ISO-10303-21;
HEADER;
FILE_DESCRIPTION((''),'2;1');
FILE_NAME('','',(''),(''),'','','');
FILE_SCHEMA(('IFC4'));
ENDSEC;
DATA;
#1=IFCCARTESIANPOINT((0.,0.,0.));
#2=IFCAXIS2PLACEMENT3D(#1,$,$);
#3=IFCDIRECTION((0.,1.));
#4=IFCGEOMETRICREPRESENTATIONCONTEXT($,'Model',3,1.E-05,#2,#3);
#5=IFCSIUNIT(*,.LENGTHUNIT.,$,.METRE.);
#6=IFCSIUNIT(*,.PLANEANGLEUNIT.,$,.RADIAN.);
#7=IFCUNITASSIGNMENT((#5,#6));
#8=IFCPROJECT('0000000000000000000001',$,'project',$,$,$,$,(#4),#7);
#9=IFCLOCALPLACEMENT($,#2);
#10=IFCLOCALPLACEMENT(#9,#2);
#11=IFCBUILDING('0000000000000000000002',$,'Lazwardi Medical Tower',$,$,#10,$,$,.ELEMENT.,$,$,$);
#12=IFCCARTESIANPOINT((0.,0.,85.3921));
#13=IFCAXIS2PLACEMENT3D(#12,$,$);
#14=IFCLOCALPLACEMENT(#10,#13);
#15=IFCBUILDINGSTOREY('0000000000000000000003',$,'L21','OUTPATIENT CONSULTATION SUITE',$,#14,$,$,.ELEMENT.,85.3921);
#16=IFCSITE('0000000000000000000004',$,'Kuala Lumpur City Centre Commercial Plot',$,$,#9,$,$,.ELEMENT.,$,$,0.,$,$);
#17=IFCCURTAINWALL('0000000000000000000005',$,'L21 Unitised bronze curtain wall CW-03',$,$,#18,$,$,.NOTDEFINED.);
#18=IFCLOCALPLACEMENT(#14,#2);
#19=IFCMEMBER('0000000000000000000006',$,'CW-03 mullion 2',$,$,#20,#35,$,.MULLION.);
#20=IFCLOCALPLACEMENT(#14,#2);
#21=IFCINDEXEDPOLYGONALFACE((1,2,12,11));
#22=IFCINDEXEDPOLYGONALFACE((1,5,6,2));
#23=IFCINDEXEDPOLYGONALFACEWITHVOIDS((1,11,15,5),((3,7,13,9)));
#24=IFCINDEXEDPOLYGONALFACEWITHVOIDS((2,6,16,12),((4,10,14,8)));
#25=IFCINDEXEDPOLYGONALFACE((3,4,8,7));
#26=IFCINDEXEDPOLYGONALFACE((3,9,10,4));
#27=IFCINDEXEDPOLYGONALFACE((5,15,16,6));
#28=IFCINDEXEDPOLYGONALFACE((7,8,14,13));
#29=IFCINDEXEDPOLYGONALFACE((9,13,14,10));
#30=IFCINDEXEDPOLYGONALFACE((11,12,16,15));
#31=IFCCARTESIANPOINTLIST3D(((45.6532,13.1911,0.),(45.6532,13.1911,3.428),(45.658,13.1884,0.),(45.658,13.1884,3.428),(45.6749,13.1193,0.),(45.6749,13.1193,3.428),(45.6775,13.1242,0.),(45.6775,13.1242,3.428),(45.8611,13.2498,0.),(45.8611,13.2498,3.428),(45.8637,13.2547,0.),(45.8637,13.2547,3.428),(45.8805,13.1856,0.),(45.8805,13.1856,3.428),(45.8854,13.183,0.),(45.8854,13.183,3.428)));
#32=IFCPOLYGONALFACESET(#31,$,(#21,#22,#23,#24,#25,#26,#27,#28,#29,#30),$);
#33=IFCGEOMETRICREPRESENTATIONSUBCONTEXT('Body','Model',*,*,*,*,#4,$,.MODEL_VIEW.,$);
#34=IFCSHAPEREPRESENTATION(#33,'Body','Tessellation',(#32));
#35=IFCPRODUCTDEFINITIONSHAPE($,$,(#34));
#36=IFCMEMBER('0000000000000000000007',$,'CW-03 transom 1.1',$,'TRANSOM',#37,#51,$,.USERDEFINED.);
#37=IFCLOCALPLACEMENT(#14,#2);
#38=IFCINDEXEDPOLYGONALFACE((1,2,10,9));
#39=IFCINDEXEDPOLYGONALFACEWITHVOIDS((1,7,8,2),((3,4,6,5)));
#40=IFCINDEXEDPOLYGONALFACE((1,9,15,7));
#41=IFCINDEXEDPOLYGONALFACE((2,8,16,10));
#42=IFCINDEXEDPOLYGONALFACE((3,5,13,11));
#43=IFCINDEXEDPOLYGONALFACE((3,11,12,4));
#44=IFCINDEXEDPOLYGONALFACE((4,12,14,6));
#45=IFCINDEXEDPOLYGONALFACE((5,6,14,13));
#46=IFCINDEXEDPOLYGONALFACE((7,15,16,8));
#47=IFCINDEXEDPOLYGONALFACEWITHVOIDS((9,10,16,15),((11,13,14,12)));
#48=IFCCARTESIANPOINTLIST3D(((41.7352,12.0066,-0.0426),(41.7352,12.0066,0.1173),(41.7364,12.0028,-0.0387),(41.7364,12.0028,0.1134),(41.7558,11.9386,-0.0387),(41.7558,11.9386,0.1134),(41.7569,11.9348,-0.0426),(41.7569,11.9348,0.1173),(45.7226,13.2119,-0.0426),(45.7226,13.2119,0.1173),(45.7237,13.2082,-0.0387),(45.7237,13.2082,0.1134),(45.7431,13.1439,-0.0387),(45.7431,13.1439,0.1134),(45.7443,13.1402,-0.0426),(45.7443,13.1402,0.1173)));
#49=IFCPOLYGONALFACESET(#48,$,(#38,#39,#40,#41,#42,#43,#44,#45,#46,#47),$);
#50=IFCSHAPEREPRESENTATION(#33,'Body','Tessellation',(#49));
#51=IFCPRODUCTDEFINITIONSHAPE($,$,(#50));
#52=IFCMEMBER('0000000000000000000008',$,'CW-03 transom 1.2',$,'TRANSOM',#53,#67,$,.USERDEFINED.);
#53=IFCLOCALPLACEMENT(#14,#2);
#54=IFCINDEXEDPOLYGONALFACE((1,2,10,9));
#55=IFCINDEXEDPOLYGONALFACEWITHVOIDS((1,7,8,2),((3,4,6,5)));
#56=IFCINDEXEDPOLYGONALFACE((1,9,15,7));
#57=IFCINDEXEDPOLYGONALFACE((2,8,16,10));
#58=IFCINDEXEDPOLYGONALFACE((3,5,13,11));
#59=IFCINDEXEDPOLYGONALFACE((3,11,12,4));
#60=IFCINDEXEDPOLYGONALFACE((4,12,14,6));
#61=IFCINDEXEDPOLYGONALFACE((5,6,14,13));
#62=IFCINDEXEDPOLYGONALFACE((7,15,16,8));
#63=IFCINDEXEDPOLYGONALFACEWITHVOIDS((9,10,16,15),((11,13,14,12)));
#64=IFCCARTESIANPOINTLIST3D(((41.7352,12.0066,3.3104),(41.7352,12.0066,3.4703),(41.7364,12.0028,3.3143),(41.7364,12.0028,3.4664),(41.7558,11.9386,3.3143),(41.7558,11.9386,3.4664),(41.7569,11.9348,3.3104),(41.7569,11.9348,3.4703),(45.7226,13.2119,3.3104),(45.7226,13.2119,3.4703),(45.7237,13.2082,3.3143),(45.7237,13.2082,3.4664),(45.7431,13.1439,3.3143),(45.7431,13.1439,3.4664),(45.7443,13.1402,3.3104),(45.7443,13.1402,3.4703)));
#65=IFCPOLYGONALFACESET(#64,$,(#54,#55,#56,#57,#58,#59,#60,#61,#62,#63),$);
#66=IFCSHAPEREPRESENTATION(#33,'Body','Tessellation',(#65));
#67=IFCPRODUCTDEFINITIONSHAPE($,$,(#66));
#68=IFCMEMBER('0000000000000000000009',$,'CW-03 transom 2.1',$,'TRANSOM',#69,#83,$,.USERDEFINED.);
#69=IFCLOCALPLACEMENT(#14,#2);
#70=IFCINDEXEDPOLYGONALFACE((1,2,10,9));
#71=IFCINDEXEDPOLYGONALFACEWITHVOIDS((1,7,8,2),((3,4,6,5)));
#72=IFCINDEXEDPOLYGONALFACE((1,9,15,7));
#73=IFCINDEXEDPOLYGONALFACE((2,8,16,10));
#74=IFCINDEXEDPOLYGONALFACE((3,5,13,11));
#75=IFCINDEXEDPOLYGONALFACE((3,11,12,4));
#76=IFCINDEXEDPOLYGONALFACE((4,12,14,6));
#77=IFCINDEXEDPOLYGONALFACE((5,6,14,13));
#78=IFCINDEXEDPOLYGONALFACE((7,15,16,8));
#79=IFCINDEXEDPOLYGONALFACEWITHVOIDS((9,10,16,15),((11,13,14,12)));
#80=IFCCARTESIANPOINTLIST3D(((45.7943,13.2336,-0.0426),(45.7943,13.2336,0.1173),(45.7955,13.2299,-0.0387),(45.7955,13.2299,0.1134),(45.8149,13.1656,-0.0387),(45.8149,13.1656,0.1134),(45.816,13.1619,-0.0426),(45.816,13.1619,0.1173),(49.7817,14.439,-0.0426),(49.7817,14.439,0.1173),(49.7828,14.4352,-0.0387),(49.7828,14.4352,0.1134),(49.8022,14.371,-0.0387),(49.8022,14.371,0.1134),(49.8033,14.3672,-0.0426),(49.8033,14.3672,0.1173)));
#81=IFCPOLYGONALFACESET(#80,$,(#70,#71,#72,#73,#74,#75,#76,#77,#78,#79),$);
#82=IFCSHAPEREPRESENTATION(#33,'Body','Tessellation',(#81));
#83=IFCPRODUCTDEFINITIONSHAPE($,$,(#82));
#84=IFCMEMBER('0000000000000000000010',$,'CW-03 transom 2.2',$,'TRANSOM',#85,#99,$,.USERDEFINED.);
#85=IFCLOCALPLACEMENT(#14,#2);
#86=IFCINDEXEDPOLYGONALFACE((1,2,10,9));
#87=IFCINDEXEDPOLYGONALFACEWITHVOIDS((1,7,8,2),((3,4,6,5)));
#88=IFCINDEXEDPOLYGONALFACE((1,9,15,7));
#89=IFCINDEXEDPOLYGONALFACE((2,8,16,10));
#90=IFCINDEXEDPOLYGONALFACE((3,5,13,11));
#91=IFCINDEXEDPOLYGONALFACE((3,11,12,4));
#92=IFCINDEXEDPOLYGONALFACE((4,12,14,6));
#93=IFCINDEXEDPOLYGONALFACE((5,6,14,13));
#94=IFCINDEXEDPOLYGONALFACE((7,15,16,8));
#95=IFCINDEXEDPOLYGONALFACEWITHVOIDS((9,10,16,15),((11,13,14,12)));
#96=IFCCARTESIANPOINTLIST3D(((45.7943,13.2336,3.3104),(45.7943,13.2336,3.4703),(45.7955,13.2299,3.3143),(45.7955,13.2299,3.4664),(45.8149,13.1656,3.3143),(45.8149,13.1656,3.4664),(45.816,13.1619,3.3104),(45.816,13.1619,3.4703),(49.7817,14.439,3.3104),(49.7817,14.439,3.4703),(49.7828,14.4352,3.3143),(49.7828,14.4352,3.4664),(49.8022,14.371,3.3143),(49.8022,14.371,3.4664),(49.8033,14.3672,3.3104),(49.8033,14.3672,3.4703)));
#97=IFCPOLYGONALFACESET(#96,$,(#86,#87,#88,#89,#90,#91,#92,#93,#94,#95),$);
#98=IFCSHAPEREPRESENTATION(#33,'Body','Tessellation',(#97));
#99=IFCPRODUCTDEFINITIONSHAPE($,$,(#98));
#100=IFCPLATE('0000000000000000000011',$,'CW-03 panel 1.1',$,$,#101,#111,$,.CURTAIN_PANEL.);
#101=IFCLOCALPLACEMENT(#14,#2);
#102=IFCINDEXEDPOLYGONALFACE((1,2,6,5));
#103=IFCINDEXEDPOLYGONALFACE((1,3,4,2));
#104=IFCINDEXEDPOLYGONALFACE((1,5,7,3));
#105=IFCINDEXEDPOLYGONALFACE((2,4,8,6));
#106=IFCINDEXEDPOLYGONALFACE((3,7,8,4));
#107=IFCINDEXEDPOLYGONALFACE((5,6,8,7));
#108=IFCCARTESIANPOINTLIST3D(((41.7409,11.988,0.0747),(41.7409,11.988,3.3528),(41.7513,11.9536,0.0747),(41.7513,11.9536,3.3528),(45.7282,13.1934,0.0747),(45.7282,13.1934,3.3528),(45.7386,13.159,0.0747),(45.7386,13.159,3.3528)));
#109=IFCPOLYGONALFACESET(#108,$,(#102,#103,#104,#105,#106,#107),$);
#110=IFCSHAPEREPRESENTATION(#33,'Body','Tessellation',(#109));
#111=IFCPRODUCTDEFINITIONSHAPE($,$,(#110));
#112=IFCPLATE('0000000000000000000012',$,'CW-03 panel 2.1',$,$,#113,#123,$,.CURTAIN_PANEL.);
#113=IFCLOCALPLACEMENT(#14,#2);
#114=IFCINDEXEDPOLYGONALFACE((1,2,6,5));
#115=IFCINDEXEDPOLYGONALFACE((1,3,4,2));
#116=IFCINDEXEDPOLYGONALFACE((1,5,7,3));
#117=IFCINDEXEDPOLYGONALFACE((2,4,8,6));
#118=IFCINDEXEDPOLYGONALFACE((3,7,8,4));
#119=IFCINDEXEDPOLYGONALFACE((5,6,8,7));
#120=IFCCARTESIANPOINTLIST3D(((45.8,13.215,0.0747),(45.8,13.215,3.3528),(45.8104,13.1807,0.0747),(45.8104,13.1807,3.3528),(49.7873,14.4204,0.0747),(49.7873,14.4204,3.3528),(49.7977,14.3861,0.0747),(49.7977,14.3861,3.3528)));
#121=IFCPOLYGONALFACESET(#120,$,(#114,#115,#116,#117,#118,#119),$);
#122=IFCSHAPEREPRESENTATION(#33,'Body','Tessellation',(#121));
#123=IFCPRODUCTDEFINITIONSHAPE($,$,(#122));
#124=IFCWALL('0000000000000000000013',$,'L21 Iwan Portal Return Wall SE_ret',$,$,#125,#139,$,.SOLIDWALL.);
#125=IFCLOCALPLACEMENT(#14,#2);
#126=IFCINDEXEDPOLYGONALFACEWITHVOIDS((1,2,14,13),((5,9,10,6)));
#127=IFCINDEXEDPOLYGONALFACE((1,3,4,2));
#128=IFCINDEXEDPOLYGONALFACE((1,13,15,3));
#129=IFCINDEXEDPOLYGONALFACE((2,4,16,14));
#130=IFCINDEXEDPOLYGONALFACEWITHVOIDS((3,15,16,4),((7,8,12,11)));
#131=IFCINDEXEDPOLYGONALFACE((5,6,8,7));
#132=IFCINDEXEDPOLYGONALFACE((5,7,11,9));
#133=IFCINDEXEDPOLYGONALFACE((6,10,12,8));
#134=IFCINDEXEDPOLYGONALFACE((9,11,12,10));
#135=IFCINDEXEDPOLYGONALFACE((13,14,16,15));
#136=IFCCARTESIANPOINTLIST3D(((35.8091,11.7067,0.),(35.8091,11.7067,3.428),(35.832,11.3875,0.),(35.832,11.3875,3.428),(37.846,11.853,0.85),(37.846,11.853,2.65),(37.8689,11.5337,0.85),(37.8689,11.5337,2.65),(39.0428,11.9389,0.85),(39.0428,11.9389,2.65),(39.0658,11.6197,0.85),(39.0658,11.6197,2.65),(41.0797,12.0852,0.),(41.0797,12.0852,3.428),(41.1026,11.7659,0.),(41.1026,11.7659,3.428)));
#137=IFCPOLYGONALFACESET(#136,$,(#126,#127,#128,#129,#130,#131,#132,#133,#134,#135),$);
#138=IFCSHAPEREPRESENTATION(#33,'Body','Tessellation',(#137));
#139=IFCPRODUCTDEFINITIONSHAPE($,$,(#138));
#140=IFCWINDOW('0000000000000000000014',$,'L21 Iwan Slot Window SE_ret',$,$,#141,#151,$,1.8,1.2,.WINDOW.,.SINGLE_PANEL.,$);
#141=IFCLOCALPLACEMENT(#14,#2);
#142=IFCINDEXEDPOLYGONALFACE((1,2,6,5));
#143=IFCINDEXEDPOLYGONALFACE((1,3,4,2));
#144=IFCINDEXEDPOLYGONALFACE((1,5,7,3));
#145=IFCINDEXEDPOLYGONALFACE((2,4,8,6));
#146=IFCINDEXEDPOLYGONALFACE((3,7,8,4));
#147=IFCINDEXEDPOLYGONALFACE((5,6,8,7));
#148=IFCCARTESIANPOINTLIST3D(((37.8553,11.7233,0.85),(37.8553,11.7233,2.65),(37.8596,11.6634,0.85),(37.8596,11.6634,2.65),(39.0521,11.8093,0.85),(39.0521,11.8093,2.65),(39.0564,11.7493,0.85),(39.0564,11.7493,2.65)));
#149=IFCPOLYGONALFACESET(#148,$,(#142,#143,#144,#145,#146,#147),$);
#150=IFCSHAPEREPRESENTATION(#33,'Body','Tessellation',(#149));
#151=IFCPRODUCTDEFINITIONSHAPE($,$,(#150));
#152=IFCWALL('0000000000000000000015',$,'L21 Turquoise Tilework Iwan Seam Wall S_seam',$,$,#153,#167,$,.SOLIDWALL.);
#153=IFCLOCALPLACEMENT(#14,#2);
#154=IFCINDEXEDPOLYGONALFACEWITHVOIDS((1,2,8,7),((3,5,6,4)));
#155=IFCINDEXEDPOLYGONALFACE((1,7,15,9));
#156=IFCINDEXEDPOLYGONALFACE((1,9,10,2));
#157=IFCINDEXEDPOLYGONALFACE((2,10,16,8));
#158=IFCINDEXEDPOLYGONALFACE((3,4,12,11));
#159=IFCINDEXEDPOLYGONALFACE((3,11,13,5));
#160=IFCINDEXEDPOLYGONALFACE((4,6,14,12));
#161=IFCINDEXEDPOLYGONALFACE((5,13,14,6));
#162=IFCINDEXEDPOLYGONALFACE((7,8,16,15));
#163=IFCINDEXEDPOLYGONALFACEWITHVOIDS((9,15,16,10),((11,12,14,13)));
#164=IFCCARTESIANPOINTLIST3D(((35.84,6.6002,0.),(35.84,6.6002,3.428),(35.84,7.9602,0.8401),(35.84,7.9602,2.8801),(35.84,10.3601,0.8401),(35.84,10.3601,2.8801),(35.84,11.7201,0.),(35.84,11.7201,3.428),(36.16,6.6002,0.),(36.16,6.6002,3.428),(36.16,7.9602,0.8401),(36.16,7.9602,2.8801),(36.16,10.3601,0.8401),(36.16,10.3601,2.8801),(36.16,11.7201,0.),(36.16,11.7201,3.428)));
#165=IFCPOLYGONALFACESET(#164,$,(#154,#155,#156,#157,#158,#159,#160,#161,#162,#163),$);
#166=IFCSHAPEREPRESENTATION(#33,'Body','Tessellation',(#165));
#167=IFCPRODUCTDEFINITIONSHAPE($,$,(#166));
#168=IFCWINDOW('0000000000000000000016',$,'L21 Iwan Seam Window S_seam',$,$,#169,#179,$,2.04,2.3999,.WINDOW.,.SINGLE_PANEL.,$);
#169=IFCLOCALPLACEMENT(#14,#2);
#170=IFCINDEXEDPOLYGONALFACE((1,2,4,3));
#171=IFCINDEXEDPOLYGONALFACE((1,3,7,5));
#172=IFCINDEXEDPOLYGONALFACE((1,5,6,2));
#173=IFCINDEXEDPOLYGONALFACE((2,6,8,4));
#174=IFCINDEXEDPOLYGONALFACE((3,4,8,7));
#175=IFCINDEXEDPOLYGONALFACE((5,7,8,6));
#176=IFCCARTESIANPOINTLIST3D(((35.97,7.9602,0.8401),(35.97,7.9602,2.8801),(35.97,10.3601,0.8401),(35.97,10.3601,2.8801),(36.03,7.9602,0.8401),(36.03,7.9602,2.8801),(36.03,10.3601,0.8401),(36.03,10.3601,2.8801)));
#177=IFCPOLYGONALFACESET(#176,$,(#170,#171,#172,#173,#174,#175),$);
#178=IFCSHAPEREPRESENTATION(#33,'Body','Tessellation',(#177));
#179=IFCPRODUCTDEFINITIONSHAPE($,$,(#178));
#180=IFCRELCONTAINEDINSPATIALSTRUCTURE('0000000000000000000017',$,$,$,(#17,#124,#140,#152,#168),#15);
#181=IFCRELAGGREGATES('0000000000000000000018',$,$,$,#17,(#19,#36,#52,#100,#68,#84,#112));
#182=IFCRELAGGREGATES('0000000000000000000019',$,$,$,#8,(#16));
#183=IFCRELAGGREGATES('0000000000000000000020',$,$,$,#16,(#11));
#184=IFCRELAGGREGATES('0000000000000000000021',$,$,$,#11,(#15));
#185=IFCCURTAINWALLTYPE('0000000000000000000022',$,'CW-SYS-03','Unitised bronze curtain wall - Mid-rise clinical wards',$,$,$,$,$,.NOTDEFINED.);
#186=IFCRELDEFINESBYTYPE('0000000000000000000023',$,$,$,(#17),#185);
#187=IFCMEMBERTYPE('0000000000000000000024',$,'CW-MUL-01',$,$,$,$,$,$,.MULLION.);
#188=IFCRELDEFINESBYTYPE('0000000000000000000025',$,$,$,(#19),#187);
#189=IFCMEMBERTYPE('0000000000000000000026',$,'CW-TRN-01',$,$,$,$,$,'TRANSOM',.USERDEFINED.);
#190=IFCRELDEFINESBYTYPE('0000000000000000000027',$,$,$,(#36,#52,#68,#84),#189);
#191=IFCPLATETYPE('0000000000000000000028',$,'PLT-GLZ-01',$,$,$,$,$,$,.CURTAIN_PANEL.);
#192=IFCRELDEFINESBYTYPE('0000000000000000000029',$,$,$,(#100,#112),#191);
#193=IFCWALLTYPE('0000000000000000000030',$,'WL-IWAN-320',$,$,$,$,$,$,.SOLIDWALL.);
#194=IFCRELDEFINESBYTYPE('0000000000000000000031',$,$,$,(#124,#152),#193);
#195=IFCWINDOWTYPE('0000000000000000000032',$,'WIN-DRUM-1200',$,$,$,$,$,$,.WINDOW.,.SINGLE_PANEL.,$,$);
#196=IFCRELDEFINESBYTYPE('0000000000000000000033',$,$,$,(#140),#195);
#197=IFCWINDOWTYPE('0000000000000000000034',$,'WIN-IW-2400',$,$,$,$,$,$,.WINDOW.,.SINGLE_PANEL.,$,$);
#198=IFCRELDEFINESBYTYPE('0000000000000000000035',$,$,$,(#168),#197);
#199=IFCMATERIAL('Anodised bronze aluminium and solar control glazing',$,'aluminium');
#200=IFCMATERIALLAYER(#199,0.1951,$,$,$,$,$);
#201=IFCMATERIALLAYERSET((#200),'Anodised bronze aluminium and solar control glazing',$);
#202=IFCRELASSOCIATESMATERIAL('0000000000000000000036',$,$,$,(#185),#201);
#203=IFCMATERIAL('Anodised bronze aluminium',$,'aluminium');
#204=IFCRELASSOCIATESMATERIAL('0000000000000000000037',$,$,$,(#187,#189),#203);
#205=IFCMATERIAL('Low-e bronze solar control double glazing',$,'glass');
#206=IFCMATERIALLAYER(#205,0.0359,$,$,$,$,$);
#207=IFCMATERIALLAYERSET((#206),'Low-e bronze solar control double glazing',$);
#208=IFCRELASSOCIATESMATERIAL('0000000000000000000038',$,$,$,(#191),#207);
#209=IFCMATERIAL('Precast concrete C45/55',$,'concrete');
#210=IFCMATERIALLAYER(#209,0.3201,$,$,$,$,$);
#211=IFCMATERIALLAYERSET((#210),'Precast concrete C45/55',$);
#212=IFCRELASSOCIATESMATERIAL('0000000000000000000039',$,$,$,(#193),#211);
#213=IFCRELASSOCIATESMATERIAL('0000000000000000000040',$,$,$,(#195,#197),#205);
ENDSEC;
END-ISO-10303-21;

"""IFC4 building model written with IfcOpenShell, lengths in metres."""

from ifc_helpers import new_model, si_unit, direction, frame, frame_2d, origin, origin_2d, place, context, subcontext, project, spatial, rectangle, hollow_rectangle, extrude, material, layer, layer_set, material_profile, profile_set, type_object, element, fill, aggregate, save


model = new_model("IFC4")

# Units and contexts
model_context = context("Model", 3, precision=1e-05, world=origin(), true_north=direction((0.0, 1.0)))
body_context = subcontext(model_context, "Body", "Model", "MODEL_VIEW")
ifc_project = project(units=[si_unit("LENGTHUNIT", "METRE"), si_unit("PLANEANGLEUNIT", "RADIAN")], contexts=[model_context])

# Site, building, storey
site_placement = place(None, origin())
site = spatial("IfcSite", under=ifc_project, at=site_placement, Name="Kuala Lumpur City Centre Commercial Plot", CompositionType="ELEMENT", RefElevation=0.0)
building_placement = place(site_placement, origin())
building = spatial("IfcBuilding", under=site, at=building_placement, Name="Lazwardi Medical Tower", CompositionType="ELEMENT")
storey_placement = place(building_placement, frame((0.0, 0.0, 85.3921)))
storey = spatial("IfcBuildingStorey", under=building, at=storey_placement, Name="L21", Description="OUTPATIENT CONSULTATION SUITE", CompositionType="ELEMENT", Elevation=85.3921)

# Curtain wall, members, plates
ifc_material_1 = material(Name="Anodised bronze aluminium and solar control glazing", Category="aluminium")
ifc_layer_1 = layer(ifc_material_1, 0.1951)
ifc_layer_set_1 = layer_set([ifc_layer_1], Name="Anodised bronze aluminium and solar control glazing")
curtain_wall_type = type_object("IfcCurtainWallType", Name="CW-SYS-03", Description="Unitised bronze curtain wall - Mid-rise clinical wards", PredefinedType="NOTDEFINED", material=ifc_layer_set_1)
curtain_wall_placement = place(storey_placement, origin())
curtain_wall = element("IfcCurtainWall", 1, at=curtain_wall_placement, inside=storey, type_object=curtain_wall_type, Name="L21 Unitised bronze curtain wall CW-03", PredefinedType="NOTDEFINED")
ifc_material_2 = material(Name="Anodised bronze aluminium", Category="aluminium")
ifc_material_profile_1 = material_profile(ifc_material_2, hollow_rectangle(XDim=0.075, YDim=0.22, WallThickness=0.0039, at=origin_2d()), Name="ALU-MULLION 220x75x4")
ifc_profile_set_1 = profile_set([ifc_material_profile_1], Name="Anodised bronze aluminium")
member_type_1 = type_object("IfcMemberType", Name="CW-MUL-01", PredefinedType="MULLION", material=ifc_profile_set_1)
member_1_placement = place(storey_placement, frame((45.7693, 13.187, 0.0), z_axis=(0.0, 0.0, 1.0), x_axis=(-0.289374, 0.957216, 0.0)))
member_1 = element("IfcMember", 2, at=member_1_placement, type_object=member_type_1, Name="CW-03 mullion 2", PredefinedType="MULLION", context=body_context, shape_type="SweptSolid", body=[
    extrude(hollow_rectangle(XDim=0.075, YDim=0.22, WallThickness=0.0039, at=origin_2d()), origin(), (0.0, 0.0, 1.0), 3.428),
])
ifc_material_profile_2 = material_profile(ifc_material_2, hollow_rectangle(XDim=0.075, YDim=0.1599, WallThickness=0.0039, at=origin_2d()), Name="ALU-TRANSOM 160x75x4")
ifc_profile_set_2 = profile_set([ifc_material_profile_2], Name="Anodised bronze aluminium")
member_type_2 = type_object("IfcMemberType", Name="CW-TRN-01", ElementType="TRANSOM", PredefinedType="USERDEFINED", material=ifc_profile_set_2)
member_2_placement = place(storey_placement, frame((41.7461, 11.9707, 0.0374), z_axis=(0.957221, 0.289358, 0.0), x_axis=(-0.289358, 0.957221, 0.0)))
member_2 = element("IfcMember", 3, at=member_2_placement, type_object=member_type_2, Name="CW-03 transom 1.1", ObjectType="TRANSOM", PredefinedType="USERDEFINED", context=body_context, shape_type="SweptSolid", body=[
    extrude(hollow_rectangle(XDim=0.075, YDim=0.1599, WallThickness=0.0039, at=origin_2d()), origin(), (0.0, 0.0, 1.0), 4.1655),
])
member_3_placement = place(storey_placement, frame((41.7461, 11.9707, 3.3904), z_axis=(0.957221, 0.289358, 0.0), x_axis=(-0.289358, 0.957221, 0.0)))
member_3 = element("IfcMember", 4, at=member_3_placement, type_object=member_type_2, Name="CW-03 transom 1.2", ObjectType="TRANSOM", PredefinedType="USERDEFINED", context=body_context, shape_type="SweptSolid", body=[
    extrude(hollow_rectangle(XDim=0.075, YDim=0.1599, WallThickness=0.0039, at=origin_2d()), origin(), (0.0, 0.0, 1.0), 4.1655),
])
member_4_placement = place(storey_placement, frame((45.8052, 13.1978, 0.0374), z_axis=(0.957221, 0.289358, 0.0), x_axis=(-0.289358, 0.957221, 0.0)))
member_4 = element("IfcMember", 5, at=member_4_placement, type_object=member_type_2, Name="CW-03 transom 2.1", ObjectType="TRANSOM", PredefinedType="USERDEFINED", context=body_context, shape_type="SweptSolid", body=[
    extrude(hollow_rectangle(XDim=0.075, YDim=0.1599, WallThickness=0.0039, at=origin_2d()), origin(), (0.0, 0.0, 1.0), 4.1655),
])
member_5_placement = place(storey_placement, frame((45.8052, 13.1978, 3.3904), z_axis=(0.957221, 0.289358, 0.0), x_axis=(-0.289358, 0.957221, 0.0)))
member_5 = element("IfcMember", 6, at=member_5_placement, type_object=member_type_2, Name="CW-03 transom 2.2", ObjectType="TRANSOM", PredefinedType="USERDEFINED", context=body_context, shape_type="SweptSolid", body=[
    extrude(hollow_rectangle(XDim=0.075, YDim=0.1599, WallThickness=0.0039, at=origin_2d()), origin(), (0.0, 0.0, 1.0), 4.1655),
])
ifc_material_3 = material(Name="Low-e bronze solar control double glazing", Category="glass")
ifc_layer_2 = layer(ifc_material_3, 0.0359)
ifc_layer_set_2 = layer_set([ifc_layer_2], Name="Low-e bronze solar control double glazing")
plate_type = type_object("IfcPlateType", Name="PLT-GLZ-01", PredefinedType="CURTAIN_PANEL", material=ifc_layer_set_2)
plate_1_placement = place(storey_placement, frame((43.7397, 12.5735, 0.0747), z_axis=(0.0, 0.0, 1.0), x_axis=(0.957216, 0.289374, 0.0)))
plate_1 = element("IfcPlate", 7, at=plate_1_placement, type_object=plate_type, Name="CW-03 panel 1.1", PredefinedType="CURTAIN_PANEL", context=body_context, shape_type="SweptSolid", body=[
    extrude(rectangle(XDim=4.1655, YDim=0.0359, at=origin_2d()), origin(), (0.0, 0.0, 1.0), 3.2781),
])
plate_2_placement = place(storey_placement, frame((47.7988, 13.8005, 0.0747), z_axis=(0.0, 0.0, 1.0), x_axis=(0.957216, 0.289374, 0.0)))
plate_2 = element("IfcPlate", 8, at=plate_2_placement, type_object=plate_type, Name="CW-03 panel 2.1", PredefinedType="CURTAIN_PANEL", context=body_context, shape_type="SweptSolid", body=[
    extrude(rectangle(XDim=4.1655, YDim=0.0359, at=origin_2d()), origin(), (0.0, 0.0, 1.0), 3.2781),
])
aggregate(curtain_wall, [member_1, member_2, member_3, plate_1, member_4, member_5, plate_2])

# Walls, openings, windows
ifc_material_4 = material(Name="Precast concrete C45/55", Category="concrete")
ifc_layer_3 = layer(ifc_material_4, 0.3201)
ifc_layer_set_3 = layer_set([ifc_layer_3], Name="Precast concrete C45/55")
wall_type_1 = type_object("IfcWallType", Name="WL-IWAN-320", PredefinedType="SOLIDWALL", material=ifc_layer_set_3)
wall_1_placement = place(storey_placement, frame((35.8206, 11.5471, 0.0), z_axis=(0.0, 0.0, 1.0), x_axis=(0.997432, 0.071615, 0.0)))
wall_1 = element("IfcWall", 9, at=wall_1_placement, inside=storey, type_object=wall_type_1, Name="L21 Iwan Portal Return Wall SE_ret", PredefinedType="SOLIDWALL", context=body_context, shape_type="SweptSolid", body=[
    extrude(rectangle(XDim=5.2842, YDim=0.3201, at=frame_2d((2.6421, 0.0))), origin(), (0.0, 0.0, 1.0), 3.428),
])
opening_1_placement = place(wall_1_placement, frame((2.042, 0.0, 0.8501)))
opening_1 = element("IfcOpeningElement", 10, at=opening_1_placement, cuts=wall_1, PredefinedType="OPENING", context=body_context, shape_type="SweptSolid", body=[
    extrude(rectangle(XDim=1.2, YDim=1.8, at=frame_2d((0.6001, 0.8999))), frame((0.0, 0.1699, 0.0), z_axis=(0.0, -1.0, 0.0), x_axis=(1.0, 0.0, 0.0)), (0.0, 0.0, 1.0), 0.3401),
])
window_type_1 = type_object("IfcWindowType", Name="WIN-DRUM-1200", PartitioningType="SINGLE_PANEL", PredefinedType="WINDOW", material=ifc_material_3)
window_1_placement = place(opening_1_placement, origin())
window_1 = element("IfcWindow", 11, at=window_1_placement, inside=storey, type_object=window_type_1, Name="L21 Iwan Slot Window SE_ret", OverallHeight=1.8, OverallWidth=1.2, PartitioningType="SINGLE_PANEL", PredefinedType="WINDOW", context=body_context, shape_type="SweptSolid", body=[
    extrude(rectangle(XDim=1.2, YDim=1.8, at=frame_2d((0.6001, 0.8999))), frame((0.0, 0.03, 0.0), z_axis=(0.0, -1.0, 0.0), x_axis=(1.0, 0.0, 0.0)), (0.0, 0.0, 1.0), 0.0601),
])
fill(opening_1, window_1)
wall_2_placement = place(storey_placement, frame((36.0, 6.6001, 0.0), z_axis=(0.0, 0.0, 1.0), x_axis=(0.0, 1.0, 0.0)))
wall_2 = element("IfcWall", 12, at=wall_2_placement, inside=storey, type_object=wall_type_1, Name="L21 Turquoise Tilework Iwan Seam Wall S_seam", PredefinedType="SOLIDWALL", context=body_context, shape_type="SweptSolid", body=[
    extrude(rectangle(XDim=5.1199, YDim=0.3201, at=frame_2d((2.5601, 0.0))), origin(), (0.0, 0.0, 1.0), 3.428),
])
opening_2_placement = place(wall_2_placement, frame((1.3601, 0.0, 0.8401)))
opening_2 = element("IfcOpeningElement", 13, at=opening_2_placement, cuts=wall_2, PredefinedType="OPENING", context=body_context, shape_type="SweptSolid", body=[
    extrude(rectangle(XDim=2.3999, YDim=2.04, at=frame_2d((1.2, 1.02))), frame((0.0, 0.1699, 0.0), z_axis=(0.0, -1.0, 0.0), x_axis=(1.0, 0.0, 0.0)), (0.0, 0.0, 1.0), 0.3401),
])
window_type_2 = type_object("IfcWindowType", Name="WIN-IW-2400", PartitioningType="SINGLE_PANEL", PredefinedType="WINDOW", material=ifc_material_3)
window_2_placement = place(opening_2_placement, origin())
window_2 = element("IfcWindow", 14, at=window_2_placement, inside=storey, type_object=window_type_2, Name="L21 Iwan Seam Window S_seam", OverallHeight=2.04, OverallWidth=2.3999, PartitioningType="SINGLE_PANEL", PredefinedType="WINDOW", context=body_context, shape_type="SweptSolid", body=[
    extrude(rectangle(XDim=2.3999, YDim=2.04, at=frame_2d((1.2, 1.02))), frame((0.0, 0.03, 0.0), z_axis=(0.0, -1.0, 0.0), x_axis=(1.0, 0.0, 0.0)), (0.0, 0.0, 1.0), 0.0601),
])
fill(opening_2, window_2)

save(model, "model.ifc")
